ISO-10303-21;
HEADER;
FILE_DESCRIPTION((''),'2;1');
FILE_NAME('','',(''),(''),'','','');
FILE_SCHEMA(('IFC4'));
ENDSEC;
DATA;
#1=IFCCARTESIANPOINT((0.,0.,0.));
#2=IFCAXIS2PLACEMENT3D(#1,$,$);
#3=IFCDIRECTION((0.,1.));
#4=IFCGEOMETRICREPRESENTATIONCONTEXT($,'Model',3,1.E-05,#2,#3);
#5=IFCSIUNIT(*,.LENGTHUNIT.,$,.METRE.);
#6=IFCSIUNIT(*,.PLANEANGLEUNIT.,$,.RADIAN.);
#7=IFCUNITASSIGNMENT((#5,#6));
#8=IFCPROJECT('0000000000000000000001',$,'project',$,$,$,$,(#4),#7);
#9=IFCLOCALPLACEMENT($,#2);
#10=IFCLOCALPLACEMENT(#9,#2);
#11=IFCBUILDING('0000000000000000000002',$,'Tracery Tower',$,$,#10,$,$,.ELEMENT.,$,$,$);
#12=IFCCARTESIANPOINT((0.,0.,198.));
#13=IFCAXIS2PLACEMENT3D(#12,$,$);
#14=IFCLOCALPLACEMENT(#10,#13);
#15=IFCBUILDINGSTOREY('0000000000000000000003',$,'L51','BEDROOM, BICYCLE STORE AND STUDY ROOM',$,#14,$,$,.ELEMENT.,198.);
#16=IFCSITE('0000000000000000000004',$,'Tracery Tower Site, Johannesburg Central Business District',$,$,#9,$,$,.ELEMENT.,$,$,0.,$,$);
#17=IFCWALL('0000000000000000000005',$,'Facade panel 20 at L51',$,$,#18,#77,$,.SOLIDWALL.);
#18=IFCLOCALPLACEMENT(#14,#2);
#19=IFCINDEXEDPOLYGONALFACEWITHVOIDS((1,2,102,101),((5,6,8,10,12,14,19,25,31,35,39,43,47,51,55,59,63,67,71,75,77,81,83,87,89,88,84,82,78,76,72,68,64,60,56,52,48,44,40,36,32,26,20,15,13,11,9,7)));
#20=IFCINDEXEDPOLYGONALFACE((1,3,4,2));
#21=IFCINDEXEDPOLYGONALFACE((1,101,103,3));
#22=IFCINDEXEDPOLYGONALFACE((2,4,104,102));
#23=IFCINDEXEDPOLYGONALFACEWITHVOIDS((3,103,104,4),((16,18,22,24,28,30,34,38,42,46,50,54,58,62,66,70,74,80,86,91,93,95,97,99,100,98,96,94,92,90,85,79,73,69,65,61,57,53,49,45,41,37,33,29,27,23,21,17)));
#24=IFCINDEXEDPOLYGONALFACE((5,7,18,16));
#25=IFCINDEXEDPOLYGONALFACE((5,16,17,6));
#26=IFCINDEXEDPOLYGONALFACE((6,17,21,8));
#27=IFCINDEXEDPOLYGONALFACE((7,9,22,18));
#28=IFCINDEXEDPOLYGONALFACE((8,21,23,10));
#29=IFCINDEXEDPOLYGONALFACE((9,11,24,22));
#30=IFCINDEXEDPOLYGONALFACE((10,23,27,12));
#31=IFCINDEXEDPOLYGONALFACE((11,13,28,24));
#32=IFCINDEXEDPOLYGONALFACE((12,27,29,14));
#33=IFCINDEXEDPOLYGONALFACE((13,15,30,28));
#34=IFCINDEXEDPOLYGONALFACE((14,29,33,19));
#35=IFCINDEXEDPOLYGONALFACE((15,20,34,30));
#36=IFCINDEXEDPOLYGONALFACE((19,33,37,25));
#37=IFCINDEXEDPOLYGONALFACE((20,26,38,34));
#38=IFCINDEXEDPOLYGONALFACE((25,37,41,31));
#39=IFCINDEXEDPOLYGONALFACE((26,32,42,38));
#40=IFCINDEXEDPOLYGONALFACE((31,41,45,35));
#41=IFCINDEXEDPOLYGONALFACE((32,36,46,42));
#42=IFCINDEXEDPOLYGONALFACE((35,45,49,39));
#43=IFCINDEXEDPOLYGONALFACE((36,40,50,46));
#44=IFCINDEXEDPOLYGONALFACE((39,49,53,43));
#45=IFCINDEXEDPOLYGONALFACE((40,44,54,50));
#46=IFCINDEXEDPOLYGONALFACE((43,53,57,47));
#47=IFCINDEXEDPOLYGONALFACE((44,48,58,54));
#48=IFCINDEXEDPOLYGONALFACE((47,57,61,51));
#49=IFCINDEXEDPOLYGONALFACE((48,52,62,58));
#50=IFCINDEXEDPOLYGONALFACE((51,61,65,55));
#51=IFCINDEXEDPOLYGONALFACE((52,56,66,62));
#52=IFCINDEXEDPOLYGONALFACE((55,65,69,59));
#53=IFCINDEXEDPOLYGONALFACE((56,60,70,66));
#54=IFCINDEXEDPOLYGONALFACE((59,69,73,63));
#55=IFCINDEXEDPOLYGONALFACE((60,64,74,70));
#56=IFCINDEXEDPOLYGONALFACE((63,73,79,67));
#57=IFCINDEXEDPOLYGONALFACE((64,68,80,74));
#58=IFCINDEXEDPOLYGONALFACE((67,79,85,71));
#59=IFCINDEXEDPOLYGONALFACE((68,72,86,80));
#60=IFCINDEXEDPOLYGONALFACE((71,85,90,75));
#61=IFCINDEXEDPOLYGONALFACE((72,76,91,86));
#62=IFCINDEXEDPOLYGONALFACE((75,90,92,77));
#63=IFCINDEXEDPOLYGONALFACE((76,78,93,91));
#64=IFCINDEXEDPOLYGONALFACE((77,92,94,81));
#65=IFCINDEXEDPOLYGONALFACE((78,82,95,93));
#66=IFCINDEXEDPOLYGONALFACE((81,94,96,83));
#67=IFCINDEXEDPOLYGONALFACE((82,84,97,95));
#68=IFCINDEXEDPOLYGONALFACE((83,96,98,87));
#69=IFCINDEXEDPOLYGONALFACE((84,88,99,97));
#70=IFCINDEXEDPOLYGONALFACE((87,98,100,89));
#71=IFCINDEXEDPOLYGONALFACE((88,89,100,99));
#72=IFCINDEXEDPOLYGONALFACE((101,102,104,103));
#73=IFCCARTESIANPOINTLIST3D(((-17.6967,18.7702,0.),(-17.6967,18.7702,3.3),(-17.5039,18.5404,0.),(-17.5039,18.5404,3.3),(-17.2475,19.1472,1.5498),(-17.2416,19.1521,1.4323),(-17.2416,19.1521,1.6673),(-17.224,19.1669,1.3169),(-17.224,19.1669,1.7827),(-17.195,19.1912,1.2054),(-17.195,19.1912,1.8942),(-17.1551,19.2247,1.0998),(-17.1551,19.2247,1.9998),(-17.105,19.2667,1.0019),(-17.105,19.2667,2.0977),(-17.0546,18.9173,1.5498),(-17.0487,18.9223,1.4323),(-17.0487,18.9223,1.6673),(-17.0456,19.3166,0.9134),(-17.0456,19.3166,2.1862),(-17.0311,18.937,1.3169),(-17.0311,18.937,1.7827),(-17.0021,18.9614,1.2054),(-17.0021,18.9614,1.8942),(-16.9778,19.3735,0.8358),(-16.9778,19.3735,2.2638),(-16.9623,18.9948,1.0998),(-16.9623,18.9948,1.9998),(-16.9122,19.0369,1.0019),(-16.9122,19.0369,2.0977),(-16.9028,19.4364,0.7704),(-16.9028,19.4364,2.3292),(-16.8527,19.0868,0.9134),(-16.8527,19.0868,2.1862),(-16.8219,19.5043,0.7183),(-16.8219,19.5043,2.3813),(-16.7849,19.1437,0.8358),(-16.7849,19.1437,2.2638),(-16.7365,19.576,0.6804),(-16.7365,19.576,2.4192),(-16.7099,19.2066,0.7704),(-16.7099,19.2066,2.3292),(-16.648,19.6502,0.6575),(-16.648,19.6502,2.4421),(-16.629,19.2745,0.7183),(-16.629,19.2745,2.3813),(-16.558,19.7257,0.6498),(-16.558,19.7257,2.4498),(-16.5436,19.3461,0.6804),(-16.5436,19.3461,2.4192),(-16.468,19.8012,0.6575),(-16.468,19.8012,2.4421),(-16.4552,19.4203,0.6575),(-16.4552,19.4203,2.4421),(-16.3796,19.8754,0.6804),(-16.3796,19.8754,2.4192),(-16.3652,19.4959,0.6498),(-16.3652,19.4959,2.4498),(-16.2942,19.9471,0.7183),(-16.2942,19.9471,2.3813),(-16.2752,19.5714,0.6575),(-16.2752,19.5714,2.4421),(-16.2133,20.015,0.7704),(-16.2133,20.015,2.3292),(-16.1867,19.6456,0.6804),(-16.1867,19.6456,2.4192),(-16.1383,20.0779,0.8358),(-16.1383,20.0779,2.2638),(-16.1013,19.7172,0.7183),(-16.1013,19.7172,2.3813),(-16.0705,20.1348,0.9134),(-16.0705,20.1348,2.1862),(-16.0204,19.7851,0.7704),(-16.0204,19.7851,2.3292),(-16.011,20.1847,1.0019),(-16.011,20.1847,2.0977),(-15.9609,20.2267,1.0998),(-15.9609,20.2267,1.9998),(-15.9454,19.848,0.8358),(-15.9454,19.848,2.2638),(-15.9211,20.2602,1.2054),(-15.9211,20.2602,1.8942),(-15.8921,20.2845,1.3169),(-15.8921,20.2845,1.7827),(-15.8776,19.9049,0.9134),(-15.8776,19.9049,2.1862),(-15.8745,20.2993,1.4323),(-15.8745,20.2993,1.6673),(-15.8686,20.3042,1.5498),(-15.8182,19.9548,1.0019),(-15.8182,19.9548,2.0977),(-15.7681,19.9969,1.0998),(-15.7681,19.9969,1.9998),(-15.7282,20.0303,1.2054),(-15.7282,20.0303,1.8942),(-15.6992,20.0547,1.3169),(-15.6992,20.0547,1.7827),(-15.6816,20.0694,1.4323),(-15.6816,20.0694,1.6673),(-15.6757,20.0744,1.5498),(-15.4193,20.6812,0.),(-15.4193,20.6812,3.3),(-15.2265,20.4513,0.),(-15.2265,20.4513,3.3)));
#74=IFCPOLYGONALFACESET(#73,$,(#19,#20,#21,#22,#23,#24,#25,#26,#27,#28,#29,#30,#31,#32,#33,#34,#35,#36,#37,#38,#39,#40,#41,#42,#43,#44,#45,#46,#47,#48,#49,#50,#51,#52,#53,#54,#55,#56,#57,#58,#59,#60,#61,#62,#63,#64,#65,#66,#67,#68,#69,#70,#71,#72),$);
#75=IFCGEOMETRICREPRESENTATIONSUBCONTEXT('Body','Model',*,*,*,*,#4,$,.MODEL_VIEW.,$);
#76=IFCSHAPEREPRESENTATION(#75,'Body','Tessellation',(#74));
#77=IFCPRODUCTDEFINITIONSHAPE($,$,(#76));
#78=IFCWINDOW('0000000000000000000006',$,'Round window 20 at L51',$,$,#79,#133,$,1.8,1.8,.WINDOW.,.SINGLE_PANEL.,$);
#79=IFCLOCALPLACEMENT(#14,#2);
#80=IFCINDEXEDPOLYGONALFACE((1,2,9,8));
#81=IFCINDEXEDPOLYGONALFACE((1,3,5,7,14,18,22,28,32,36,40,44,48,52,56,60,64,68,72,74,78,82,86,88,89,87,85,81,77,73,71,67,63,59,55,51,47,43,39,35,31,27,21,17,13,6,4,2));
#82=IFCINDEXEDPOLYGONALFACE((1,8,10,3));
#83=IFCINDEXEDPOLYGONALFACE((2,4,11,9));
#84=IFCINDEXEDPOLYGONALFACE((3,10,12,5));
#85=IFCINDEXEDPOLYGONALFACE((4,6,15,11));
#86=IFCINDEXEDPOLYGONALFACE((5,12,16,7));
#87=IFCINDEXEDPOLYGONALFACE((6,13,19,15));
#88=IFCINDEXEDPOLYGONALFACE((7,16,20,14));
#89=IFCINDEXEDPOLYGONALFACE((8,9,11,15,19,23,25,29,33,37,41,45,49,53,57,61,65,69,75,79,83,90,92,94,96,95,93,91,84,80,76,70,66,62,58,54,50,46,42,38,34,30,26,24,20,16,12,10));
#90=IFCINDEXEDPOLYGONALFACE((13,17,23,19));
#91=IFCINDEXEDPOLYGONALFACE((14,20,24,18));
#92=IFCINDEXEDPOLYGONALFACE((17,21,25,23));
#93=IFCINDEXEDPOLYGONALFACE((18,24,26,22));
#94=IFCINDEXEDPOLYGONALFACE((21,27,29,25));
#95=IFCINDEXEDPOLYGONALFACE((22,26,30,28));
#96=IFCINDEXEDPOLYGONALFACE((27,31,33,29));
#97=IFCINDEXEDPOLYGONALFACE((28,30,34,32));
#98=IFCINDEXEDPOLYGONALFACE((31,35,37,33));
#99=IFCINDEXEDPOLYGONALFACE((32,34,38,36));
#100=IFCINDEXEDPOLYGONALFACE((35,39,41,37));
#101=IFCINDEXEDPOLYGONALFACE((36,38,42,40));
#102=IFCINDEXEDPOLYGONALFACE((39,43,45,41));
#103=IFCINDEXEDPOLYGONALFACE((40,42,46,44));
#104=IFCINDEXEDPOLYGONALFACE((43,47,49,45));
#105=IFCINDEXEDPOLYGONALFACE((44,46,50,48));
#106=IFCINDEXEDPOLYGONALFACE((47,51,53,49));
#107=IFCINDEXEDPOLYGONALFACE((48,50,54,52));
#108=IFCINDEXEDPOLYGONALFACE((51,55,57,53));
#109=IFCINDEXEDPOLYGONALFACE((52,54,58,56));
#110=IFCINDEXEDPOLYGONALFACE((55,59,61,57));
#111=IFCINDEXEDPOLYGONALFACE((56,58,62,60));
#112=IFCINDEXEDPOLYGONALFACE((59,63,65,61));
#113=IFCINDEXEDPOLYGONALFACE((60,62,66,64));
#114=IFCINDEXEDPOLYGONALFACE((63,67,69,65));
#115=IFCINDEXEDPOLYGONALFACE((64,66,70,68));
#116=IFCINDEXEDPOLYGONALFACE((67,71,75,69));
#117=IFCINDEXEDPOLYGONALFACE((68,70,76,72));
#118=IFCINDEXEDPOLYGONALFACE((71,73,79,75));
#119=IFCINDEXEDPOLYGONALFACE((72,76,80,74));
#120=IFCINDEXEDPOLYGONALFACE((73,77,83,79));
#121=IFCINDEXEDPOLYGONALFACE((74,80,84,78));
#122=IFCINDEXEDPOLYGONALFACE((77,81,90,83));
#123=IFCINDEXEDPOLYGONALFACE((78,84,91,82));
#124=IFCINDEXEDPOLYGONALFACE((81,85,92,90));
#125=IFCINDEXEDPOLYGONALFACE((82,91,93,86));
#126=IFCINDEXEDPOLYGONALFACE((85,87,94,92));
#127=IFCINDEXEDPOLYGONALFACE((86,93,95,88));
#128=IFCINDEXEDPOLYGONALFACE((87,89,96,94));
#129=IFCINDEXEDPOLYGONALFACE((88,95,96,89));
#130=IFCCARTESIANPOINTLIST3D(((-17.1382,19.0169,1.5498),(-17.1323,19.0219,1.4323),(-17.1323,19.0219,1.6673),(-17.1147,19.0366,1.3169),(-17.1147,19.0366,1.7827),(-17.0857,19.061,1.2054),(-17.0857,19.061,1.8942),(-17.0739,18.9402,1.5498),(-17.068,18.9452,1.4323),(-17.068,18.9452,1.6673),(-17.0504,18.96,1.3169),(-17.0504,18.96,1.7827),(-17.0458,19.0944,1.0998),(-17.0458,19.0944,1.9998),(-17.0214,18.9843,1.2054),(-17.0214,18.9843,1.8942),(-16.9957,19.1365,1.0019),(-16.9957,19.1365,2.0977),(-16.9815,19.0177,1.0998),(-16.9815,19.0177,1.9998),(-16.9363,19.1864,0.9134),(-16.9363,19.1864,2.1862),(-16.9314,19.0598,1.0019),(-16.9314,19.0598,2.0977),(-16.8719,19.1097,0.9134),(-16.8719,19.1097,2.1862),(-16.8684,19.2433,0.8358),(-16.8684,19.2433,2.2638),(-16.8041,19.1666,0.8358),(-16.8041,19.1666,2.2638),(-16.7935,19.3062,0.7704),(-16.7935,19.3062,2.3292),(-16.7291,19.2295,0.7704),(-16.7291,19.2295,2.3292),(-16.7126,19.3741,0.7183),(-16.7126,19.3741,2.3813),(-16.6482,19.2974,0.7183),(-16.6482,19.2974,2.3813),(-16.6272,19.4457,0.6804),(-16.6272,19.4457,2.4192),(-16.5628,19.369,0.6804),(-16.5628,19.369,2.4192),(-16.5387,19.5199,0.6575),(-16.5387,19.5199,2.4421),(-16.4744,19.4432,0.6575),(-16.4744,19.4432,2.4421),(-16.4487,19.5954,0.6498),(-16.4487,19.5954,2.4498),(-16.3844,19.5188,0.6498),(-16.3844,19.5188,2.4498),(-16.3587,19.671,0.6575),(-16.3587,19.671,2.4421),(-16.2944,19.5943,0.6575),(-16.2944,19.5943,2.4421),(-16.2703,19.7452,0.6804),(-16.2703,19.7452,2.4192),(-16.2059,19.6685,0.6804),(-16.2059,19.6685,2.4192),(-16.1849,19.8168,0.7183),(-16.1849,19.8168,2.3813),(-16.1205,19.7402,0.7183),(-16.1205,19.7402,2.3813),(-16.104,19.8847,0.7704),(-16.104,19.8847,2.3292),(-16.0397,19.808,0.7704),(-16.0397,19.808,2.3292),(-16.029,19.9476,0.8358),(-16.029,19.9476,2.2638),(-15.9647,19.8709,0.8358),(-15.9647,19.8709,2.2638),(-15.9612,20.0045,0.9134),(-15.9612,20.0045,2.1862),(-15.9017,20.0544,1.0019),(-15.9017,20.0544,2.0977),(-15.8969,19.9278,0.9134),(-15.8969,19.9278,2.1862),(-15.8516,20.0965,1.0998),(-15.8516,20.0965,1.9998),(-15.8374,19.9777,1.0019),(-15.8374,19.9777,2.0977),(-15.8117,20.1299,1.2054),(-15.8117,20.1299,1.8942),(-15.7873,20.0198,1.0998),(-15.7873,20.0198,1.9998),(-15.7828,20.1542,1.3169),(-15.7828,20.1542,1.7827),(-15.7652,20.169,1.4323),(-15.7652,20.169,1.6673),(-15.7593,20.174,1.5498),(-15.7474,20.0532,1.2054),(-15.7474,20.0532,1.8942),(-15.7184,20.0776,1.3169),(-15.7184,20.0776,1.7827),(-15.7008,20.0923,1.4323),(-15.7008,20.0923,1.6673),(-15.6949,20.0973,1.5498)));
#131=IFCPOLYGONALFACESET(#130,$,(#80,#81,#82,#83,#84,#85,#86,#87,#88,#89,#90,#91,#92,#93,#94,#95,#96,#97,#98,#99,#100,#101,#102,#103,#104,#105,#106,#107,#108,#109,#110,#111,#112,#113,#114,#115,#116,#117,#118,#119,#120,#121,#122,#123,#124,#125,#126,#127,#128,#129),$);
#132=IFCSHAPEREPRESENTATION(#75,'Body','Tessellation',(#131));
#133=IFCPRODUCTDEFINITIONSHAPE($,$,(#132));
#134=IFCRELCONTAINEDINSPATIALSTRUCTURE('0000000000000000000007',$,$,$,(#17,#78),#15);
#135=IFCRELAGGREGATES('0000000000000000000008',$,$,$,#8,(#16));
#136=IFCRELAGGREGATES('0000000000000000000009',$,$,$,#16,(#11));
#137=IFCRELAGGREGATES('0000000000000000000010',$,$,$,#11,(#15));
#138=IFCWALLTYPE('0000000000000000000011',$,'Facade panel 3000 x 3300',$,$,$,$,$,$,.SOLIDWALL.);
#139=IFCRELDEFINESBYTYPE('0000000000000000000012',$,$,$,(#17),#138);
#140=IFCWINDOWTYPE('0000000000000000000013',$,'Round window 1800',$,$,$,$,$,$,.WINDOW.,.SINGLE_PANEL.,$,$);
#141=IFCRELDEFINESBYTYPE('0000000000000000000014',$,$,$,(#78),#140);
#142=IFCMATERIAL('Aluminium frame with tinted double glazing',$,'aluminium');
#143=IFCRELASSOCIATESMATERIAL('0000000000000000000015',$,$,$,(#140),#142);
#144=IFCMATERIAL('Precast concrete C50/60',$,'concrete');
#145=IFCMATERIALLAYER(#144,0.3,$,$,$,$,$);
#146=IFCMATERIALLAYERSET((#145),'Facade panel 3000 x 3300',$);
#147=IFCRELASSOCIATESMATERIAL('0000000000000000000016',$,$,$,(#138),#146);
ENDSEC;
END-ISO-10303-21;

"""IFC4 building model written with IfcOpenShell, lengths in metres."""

from ifc_helpers import new_model, si_unit, direction, frame, frame_2d, origin, origin_2d, place, context, subcontext, project, spatial, rectangle, circle, extrude, material, layer, layer_set, type_object, element, fill, save


model = new_model("IFC4")

# Units and contexts
model_context = context("Model", 3, precision=1e-05, world=origin(), true_north=direction((0.0, 1.0)))
body_context = subcontext(model_context, "Body", "Model", "MODEL_VIEW")
ifc_project = project(units=[si_unit("LENGTHUNIT", "METRE"), si_unit("PLANEANGLEUNIT", "RADIAN")], contexts=[model_context])

# Site, building, storey
site_placement = place(None, origin())
site = spatial("IfcSite", under=ifc_project, at=site_placement, Name="Tracery Tower Site, Johannesburg Central Business District", CompositionType="ELEMENT", RefElevation=0.0)
building_placement = place(site_placement, origin())
building = spatial("IfcBuilding", under=site, at=building_placement, Name="Tracery Tower", CompositionType="ELEMENT")
storey_placement = place(building_placement, frame((0.0, 0.0, 198.0)))
storey = spatial("IfcBuildingStorey", under=building, at=storey_placement, Name="L51", Description="BEDROOM, BICYCLE STORE AND STUDY ROOM", CompositionType="ELEMENT", Elevation=198.0)

# Wall, opening, window
ifc_material_1 = material(Name="Aluminium frame with tinted double glazing", Category="aluminium")
window_type = type_object("IfcWindowType", Name="Round window 1800", PartitioningType="SINGLE_PANEL", PredefinedType="WINDOW", material=ifc_material_1)
ifc_material_2 = material(Name="Precast concrete C50/60", Category="concrete")
ifc_layer_1 = layer(ifc_material_2, 0.3)
ifc_layer_set_1 = layer_set([ifc_layer_1], Name="Facade panel 3000 x 3300")
wall_type_1 = type_object("IfcWallType", Name="Facade panel 3000 x 3300", PredefinedType="SOLIDWALL", material=ifc_layer_set_1)
wall_1_placement = place(storey_placement, frame((-15.323, 20.5662, 0.0), z_axis=(0.0, 0.0, 1.0), x_axis=(-0.766049, -0.642782, 0.0)))
wall_1 = element("IfcWall", 1, at=wall_1_placement, inside=storey, type_object=wall_type_1, Name="Facade panel 20 at L51", PredefinedType="SOLIDWALL", context=body_context, shape_type="SweptSolid", body=[
    extrude(rectangle(XDim=2.9729, YDim=0.3, at=frame_2d((1.4863, 0.0))), origin(), (0.0, 0.0, 1.0), 3.3),
])
opening_1_placement = place(wall_1_placement, frame((1.4863, 0.0, 1.5498)))
opening_1 = element("IfcOpeningElement", 2, at=opening_1_placement, cuts=wall_1, PredefinedType="OPENING", context=body_context, shape_type="SweptSolid", body=[
    extrude(circle(Radius=0.9, at=origin_2d()), frame((0.0, 0.1599, 0.0), z_axis=(0.0, -1.0, 0.0), x_axis=(1.0, 0.0, 0.0)), (0.0, 0.0, 1.0), 0.3201),
])
window_1_placement = place(opening_1_placement, origin())
window_1 = element("IfcWindow", 3, at=window_1_placement, inside=storey, type_object=window_type, Name="Round window 20 at L51", OverallHeight=1.8, OverallWidth=1.8, PartitioningType="SINGLE_PANEL", PredefinedType="WINDOW", context=body_context, shape_type="SweptSolid", body=[
    extrude(circle(Radius=0.9, at=origin_2d()), frame((0.0, 0.1201, 0.0), z_axis=(0.0, -1.0, 0.0), x_axis=(1.0, 0.0, 0.0)), (0.0, 0.0, 1.0), 0.1001),
])
fill(opening_1, window_1)

save(model, "model.ifc")
